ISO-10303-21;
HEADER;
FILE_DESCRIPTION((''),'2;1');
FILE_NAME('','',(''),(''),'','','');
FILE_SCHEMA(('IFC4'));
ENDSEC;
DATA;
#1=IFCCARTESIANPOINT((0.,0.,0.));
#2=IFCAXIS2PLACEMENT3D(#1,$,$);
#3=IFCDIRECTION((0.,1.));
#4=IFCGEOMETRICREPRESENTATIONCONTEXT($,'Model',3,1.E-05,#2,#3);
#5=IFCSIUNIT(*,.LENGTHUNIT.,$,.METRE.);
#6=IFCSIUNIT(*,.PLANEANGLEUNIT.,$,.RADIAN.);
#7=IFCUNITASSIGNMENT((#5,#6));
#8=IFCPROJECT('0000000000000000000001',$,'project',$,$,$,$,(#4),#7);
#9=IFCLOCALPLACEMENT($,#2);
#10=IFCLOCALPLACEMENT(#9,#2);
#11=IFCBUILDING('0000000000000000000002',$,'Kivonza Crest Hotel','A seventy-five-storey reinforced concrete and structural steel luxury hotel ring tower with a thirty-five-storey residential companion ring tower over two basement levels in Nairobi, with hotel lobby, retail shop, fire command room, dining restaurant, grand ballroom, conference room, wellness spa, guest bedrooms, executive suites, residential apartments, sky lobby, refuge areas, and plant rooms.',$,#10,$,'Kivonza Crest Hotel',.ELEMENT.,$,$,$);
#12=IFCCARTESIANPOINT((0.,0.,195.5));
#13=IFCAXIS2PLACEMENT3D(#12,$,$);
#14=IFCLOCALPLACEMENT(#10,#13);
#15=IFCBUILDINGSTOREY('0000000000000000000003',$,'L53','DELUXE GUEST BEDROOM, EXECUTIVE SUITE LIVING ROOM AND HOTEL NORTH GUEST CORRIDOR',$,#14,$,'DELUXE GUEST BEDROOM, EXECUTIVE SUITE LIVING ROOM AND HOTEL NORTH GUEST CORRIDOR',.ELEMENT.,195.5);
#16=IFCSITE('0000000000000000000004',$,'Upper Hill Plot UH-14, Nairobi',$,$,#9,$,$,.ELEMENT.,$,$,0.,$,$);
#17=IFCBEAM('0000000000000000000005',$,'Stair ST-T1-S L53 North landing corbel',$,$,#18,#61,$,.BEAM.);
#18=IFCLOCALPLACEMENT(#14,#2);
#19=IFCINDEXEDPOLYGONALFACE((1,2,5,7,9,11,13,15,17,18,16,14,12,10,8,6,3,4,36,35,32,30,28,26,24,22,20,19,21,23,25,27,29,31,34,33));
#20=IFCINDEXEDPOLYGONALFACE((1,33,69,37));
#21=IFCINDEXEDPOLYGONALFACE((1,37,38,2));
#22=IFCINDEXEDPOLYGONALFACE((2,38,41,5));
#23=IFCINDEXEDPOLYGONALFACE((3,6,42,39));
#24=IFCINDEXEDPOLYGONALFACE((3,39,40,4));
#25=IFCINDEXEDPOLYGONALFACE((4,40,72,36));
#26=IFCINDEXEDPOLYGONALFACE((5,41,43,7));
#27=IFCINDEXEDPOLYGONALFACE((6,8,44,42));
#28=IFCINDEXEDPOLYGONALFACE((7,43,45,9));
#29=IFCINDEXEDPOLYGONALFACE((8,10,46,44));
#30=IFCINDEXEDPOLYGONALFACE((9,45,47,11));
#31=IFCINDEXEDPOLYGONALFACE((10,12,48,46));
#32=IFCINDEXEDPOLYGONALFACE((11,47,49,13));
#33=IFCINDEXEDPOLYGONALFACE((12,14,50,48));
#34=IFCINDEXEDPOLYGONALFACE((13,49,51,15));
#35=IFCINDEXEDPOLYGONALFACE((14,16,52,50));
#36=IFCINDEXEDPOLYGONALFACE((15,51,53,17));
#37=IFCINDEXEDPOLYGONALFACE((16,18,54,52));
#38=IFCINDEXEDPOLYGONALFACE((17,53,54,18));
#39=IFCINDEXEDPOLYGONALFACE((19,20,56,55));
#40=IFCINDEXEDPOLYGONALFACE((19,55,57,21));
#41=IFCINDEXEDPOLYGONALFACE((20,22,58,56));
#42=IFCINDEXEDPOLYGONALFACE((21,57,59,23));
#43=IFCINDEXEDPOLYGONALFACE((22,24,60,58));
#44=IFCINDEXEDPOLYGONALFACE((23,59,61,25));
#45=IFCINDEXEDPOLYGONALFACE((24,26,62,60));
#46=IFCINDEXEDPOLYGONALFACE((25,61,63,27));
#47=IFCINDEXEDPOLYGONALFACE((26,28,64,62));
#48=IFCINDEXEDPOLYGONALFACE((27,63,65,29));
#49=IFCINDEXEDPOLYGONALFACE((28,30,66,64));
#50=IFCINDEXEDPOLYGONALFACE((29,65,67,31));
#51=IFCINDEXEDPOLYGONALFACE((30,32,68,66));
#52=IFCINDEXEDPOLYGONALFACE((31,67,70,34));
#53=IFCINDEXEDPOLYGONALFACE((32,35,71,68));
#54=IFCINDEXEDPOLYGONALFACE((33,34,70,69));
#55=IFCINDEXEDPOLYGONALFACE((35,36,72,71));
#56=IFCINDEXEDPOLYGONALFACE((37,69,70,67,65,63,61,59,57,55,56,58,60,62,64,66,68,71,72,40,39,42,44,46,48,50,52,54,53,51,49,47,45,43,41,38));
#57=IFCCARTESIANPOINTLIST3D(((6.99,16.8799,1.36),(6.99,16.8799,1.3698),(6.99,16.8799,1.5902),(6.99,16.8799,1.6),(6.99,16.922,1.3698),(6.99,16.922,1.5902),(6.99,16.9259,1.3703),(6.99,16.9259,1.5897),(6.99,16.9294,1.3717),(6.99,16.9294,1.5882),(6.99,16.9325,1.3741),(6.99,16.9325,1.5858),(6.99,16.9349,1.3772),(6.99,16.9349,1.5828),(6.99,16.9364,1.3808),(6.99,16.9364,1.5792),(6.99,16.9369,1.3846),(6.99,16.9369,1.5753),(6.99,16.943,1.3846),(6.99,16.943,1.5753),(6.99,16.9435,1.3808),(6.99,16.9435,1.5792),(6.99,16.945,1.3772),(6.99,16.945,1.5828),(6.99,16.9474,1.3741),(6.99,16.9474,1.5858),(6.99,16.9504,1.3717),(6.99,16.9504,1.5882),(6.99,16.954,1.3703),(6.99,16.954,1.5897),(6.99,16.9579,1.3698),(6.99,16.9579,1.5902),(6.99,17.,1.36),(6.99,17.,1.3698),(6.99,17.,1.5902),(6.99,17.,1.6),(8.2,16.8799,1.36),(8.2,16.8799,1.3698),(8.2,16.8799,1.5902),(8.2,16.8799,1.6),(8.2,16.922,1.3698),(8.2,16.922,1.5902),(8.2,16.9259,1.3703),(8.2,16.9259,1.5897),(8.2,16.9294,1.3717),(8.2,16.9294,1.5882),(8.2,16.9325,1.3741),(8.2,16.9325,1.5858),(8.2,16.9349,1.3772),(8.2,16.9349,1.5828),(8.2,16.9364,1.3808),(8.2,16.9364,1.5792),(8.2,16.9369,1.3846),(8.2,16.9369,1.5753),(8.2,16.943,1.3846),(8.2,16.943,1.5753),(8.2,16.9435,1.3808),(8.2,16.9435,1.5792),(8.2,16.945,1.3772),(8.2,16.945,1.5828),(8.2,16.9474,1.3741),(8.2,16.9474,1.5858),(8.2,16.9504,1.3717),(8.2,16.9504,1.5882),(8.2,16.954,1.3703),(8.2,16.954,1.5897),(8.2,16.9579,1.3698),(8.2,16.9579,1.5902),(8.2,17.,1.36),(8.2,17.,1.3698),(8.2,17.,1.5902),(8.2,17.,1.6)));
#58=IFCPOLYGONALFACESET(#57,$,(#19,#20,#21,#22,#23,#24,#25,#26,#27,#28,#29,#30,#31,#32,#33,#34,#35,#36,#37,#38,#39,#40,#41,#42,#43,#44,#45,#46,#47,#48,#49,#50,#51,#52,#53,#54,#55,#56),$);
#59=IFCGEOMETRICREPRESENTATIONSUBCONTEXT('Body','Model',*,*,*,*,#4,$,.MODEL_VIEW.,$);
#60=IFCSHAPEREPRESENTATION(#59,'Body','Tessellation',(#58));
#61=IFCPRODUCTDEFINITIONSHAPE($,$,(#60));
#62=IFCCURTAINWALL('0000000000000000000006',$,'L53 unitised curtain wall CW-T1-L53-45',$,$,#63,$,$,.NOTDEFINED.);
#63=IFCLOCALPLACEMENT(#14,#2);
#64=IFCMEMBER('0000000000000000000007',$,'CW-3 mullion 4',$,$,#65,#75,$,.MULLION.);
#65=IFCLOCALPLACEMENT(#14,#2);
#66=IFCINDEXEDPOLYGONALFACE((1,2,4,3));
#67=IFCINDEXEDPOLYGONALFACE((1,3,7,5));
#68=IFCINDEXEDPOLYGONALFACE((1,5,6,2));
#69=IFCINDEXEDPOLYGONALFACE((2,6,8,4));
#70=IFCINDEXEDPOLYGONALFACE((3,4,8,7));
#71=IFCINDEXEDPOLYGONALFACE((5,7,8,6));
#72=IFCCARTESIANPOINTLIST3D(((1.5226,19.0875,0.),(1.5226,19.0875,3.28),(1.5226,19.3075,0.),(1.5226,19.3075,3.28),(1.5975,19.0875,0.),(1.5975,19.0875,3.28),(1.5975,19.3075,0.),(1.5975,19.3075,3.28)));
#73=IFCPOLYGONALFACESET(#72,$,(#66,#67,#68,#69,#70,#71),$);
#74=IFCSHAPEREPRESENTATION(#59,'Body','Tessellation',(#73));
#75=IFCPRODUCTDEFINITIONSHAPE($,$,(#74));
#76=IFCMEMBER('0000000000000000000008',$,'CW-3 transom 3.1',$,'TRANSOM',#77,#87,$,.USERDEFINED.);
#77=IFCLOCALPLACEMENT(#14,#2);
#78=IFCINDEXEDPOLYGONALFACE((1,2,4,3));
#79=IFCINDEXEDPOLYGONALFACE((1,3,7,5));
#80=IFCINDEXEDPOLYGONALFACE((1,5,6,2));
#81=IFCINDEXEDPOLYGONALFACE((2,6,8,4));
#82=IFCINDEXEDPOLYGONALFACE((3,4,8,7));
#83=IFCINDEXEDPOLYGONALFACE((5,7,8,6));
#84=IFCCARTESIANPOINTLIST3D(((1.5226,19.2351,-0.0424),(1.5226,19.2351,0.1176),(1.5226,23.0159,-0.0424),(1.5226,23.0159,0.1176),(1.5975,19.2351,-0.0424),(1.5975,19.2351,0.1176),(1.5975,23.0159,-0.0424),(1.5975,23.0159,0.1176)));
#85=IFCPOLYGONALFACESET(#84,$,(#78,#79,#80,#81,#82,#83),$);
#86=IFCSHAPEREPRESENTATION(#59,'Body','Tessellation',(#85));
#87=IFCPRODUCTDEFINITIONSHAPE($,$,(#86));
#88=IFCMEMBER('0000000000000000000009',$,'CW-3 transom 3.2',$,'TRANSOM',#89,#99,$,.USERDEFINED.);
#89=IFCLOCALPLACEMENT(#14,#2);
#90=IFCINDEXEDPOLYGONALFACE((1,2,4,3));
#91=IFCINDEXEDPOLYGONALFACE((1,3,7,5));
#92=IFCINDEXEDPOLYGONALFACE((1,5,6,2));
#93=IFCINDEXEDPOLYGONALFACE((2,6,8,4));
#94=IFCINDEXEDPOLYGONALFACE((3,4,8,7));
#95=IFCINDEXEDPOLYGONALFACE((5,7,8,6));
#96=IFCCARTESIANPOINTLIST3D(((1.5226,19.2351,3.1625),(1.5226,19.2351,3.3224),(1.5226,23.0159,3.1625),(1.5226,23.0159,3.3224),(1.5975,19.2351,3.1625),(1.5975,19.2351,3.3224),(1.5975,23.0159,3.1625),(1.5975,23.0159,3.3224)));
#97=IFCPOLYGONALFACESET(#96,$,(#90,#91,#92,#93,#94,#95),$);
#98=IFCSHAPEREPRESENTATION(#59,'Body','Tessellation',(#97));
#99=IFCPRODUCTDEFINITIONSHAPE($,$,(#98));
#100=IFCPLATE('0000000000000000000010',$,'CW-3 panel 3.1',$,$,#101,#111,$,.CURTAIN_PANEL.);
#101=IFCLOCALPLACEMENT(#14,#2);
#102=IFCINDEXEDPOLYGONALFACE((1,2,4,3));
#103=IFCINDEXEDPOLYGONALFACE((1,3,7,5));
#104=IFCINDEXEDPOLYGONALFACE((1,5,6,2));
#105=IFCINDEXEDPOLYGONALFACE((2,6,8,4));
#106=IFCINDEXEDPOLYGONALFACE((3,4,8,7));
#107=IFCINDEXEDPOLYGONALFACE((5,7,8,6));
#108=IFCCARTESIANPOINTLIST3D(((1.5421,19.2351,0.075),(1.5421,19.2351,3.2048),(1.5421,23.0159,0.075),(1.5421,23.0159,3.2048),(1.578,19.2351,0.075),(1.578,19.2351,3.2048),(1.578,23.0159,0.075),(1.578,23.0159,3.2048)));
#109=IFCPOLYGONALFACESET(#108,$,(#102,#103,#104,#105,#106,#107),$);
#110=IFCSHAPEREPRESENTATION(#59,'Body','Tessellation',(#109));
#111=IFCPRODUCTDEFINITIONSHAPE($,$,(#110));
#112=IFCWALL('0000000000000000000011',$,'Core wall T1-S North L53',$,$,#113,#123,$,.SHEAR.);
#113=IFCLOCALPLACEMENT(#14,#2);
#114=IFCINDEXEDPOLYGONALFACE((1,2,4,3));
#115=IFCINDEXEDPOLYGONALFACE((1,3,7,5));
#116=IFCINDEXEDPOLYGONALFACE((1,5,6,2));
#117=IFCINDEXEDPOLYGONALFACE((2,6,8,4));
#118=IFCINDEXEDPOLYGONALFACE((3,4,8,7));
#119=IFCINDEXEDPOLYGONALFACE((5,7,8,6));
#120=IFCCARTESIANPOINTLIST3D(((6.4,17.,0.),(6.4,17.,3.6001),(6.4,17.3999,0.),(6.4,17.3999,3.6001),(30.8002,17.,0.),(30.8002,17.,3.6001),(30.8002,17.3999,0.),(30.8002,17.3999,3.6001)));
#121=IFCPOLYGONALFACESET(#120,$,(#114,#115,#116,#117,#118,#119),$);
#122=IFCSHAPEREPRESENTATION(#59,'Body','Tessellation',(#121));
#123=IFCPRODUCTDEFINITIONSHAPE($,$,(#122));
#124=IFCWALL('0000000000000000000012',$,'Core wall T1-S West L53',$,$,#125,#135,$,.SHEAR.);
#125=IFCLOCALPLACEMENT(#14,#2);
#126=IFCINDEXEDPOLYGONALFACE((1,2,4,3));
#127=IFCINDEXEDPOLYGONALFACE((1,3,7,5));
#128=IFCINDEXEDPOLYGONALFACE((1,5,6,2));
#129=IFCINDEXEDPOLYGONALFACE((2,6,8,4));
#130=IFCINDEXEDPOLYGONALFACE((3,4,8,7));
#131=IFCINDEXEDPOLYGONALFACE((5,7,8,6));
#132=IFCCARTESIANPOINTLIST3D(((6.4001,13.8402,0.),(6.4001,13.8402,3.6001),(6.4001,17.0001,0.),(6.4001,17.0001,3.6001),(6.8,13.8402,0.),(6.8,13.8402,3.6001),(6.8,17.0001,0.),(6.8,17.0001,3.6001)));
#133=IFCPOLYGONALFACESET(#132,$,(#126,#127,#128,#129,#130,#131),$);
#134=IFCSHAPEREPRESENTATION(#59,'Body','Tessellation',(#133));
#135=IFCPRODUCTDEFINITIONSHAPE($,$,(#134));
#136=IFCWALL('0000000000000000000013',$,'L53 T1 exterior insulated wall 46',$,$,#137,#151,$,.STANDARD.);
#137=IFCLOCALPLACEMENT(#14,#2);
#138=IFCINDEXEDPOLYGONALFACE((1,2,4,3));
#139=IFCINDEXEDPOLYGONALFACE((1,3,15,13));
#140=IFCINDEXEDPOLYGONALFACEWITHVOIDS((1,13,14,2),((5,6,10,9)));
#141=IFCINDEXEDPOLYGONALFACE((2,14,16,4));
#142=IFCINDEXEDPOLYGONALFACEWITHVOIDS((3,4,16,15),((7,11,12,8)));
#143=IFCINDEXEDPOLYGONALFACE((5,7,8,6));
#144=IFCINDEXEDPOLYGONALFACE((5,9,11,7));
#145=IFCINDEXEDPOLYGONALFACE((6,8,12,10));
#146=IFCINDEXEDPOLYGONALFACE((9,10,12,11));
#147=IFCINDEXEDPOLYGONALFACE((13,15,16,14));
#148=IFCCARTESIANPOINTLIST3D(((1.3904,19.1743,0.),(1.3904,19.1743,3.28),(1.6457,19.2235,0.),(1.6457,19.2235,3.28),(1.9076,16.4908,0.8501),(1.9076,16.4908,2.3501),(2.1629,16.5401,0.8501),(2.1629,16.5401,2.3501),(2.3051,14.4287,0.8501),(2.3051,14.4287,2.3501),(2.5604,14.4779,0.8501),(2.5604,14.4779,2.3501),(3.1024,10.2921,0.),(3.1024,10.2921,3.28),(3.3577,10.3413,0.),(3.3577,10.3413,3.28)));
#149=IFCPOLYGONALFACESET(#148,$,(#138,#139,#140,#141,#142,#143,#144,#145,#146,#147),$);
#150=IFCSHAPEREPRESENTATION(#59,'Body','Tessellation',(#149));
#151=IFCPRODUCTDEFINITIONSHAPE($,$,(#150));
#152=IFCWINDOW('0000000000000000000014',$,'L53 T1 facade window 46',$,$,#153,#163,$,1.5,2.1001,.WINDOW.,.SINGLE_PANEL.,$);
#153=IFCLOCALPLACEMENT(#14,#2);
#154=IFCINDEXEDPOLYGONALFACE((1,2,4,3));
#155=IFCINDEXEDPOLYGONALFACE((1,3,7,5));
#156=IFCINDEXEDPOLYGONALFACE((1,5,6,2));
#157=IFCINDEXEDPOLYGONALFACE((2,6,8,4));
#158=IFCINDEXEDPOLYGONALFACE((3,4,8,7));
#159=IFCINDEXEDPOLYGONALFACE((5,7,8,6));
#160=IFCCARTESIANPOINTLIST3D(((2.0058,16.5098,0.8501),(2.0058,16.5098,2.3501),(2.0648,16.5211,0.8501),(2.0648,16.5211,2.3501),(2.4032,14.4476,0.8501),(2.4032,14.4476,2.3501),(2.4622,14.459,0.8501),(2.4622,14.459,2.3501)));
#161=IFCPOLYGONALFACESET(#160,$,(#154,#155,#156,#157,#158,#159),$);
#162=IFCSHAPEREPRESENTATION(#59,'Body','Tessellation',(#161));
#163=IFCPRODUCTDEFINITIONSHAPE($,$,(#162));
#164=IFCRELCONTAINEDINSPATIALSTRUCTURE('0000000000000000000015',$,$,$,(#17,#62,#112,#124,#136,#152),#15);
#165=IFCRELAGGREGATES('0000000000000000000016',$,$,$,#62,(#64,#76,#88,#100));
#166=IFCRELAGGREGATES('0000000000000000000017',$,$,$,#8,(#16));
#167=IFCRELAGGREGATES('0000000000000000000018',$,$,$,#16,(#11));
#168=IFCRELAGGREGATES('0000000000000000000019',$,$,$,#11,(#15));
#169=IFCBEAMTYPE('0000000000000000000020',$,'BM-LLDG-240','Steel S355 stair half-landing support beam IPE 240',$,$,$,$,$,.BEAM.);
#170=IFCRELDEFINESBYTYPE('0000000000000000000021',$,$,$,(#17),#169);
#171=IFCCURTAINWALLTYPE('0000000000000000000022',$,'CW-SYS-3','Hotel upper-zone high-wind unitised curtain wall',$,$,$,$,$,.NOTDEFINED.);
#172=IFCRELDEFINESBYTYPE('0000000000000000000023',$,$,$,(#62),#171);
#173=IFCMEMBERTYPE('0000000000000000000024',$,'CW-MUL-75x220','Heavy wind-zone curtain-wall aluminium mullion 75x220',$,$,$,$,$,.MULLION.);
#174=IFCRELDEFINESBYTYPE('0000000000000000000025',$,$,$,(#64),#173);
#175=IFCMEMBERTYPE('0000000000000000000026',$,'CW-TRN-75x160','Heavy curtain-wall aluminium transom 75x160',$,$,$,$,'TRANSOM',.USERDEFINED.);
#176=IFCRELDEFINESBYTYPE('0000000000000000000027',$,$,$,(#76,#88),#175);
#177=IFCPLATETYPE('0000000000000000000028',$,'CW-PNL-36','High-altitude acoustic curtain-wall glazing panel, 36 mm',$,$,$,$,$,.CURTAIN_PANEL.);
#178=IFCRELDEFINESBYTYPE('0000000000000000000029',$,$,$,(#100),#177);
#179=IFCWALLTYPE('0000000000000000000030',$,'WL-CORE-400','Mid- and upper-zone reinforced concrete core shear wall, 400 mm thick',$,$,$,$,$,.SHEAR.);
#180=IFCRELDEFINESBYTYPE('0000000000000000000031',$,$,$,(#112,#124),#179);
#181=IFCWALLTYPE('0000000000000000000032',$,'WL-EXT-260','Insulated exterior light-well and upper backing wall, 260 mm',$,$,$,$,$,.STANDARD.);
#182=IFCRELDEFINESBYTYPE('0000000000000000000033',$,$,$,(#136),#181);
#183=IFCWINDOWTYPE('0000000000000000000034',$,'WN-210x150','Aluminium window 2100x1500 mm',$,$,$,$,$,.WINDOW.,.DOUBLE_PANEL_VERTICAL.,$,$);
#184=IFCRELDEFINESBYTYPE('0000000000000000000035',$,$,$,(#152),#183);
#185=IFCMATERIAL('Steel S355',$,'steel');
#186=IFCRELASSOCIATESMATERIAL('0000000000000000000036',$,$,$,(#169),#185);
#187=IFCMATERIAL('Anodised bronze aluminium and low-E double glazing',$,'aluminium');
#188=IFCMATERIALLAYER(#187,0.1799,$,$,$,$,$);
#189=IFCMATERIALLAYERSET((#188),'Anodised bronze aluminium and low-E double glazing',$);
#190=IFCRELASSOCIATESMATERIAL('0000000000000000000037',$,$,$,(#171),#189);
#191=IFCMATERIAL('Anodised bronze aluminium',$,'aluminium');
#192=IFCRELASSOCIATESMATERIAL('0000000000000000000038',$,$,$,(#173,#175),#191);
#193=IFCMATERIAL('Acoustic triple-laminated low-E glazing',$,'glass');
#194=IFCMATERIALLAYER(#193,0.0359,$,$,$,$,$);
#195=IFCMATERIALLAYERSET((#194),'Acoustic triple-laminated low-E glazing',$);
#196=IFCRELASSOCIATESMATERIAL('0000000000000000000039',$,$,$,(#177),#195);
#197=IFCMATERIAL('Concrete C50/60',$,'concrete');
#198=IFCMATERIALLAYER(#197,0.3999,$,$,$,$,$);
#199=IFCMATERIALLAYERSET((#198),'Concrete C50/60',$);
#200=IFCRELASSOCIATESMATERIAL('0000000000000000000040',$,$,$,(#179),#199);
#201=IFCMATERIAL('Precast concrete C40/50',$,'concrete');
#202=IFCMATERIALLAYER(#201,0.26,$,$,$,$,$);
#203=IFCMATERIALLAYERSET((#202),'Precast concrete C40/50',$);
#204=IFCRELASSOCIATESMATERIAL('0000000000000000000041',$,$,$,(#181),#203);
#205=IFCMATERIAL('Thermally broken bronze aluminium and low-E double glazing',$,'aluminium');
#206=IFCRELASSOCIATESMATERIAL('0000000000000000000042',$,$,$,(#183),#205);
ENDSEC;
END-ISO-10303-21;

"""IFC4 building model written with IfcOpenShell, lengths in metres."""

from ifc_helpers import new_model, si_unit, direction, frame, frame_2d, origin, origin_2d, place, context, subcontext, project, spatial, rectangle, i_section, extrude, material, layer, layer_set, material_profile, profile_set, type_object, element, fill, aggregate, save


model = new_model("IFC4")

# Units and contexts
model_context = context("Model", 3, precision=1e-05, world=origin(), true_north=direction((0.0, 1.0)))
body_context = subcontext(model_context, "Body", "Model", "MODEL_VIEW")
ifc_project = project(units=[si_unit("LENGTHUNIT", "METRE"), si_unit("PLANEANGLEUNIT", "RADIAN")], contexts=[model_context])

# Site, building, storey
site_placement = place(None, origin())
site = spatial("IfcSite", under=ifc_project, at=site_placement, Name="Upper Hill Plot UH-14, Nairobi", CompositionType="ELEMENT", RefElevation=0.0)
building_placement = place(site_placement, origin())
building = spatial("IfcBuilding", under=site, at=building_placement, Name="Kivonza Crest Hotel", Description="A seventy-five-storey reinforced concrete and structural steel luxury hotel ring tower with a thirty-five-storey residential companion ring tower over two basement levels in Nairobi, with hotel lobby, retail shop, fire command room, dining restaurant, grand ballroom, conference room, wellness spa, guest bedrooms, executive suites, residential apartments, sky lobby, refuge areas, and plant rooms.", LongName="Kivonza Crest Hotel", CompositionType="ELEMENT")
storey_placement = place(building_placement, frame((0.0, 0.0, 195.5)))
storey = spatial("IfcBuildingStorey", under=building, at=storey_placement, Name="L53", Description="DELUXE GUEST BEDROOM, EXECUTIVE SUITE LIVING ROOM AND HOTEL NORTH GUEST CORRIDOR", LongName="DELUXE GUEST BEDROOM, EXECUTIVE SUITE LIVING ROOM AND HOTEL NORTH GUEST CORRIDOR", CompositionType="ELEMENT", Elevation=195.5)

# Shared definitions
ifc_material_1 = material(Name="Concrete C50/60", Category="concrete")

# Beam
ifc_material_2 = material(Name="Steel S355", Category="steel")
ifc_material_profile_1 = material_profile(ifc_material_2, i_section(OverallWidth=0.1201, OverallDepth=0.24, WebThickness=0.0061, FlangeThickness=0.0098, FilletRadius=0.0149, at=origin_2d()), Name="IPE 240")
ifc_profile_set_1 = profile_set([ifc_material_profile_1], Name="Steel S355")
beam_type_1 = type_object("IfcBeamType", Name="BM-LLDG-240", Description="Steel S355 stair half-landing support beam IPE 240", PredefinedType="BEAM", material=ifc_profile_set_1)
for number, where, z_axis, x_axis, name in (
    (1, (6.99, 16.9399, 1.48), (1.0, 0.0, 0.0), (0.0, 1.0, 0.0), "Stair ST-T1-S L53 North landing corbel"),
):
    element("IfcBeam", number, at=place(storey_placement, frame(where, z_axis=z_axis, x_axis=x_axis)), inside=storey, type_object=beam_type_1, Name=name, PredefinedType="BEAM", context=body_context, shape_type="SweptSolid", body=[
        extrude(i_section(OverallWidth=0.1201, OverallDepth=0.24, WebThickness=0.0061, FlangeThickness=0.0098, FilletRadius=0.0149, at=origin_2d()), origin(), (0.0, 0.0, 1.0), 1.21),
    ])

# Curtain wall, members, plate
ifc_material_3 = material(Name="Anodised bronze aluminium and low-E double glazing", Category="aluminium")
ifc_layer_1 = layer(ifc_material_3, 0.1799)
ifc_layer_set_1 = layer_set([ifc_layer_1], Name="Anodised bronze aluminium and low-E double glazing")
curtain_wall_type = type_object("IfcCurtainWallType", Name="CW-SYS-3", Description="Hotel upper-zone high-wind unitised curtain wall", PredefinedType="NOTDEFINED", material=ifc_layer_set_1)
curtain_wall_placement = place(storey_placement, origin())
curtain_wall = element("IfcCurtainWall", 2, at=curtain_wall_placement, inside=storey, type_object=curtain_wall_type, Name="L53 unitised curtain wall CW-T1-L53-45", PredefinedType="NOTDEFINED")
ifc_material_4 = material(Name="Anodised bronze aluminium", Category="aluminium")
ifc_material_profile_2 = material_profile(ifc_material_4, rectangle(XDim=0.075, YDim=0.22, at=origin_2d()), Name="CW-M 75x220")
ifc_profile_set_2 = profile_set([ifc_material_profile_2], Name="Anodised bronze aluminium")
member_type_1 = type_object("IfcMemberType", Name="CW-MUL-75x220", Description="Heavy wind-zone curtain-wall aluminium mullion 75x220", PredefinedType="MULLION", material=ifc_profile_set_2)
member_1_placement = place(storey_placement, frame((1.5601, 19.1975, 0.0), z_axis=(0.0, 0.0, 1.0), x_axis=(1.0, 0.0, 0.0)))
member_1 = element("IfcMember", 3, at=member_1_placement, type_object=member_type_1, Name="CW-3 mullion 4", PredefinedType="MULLION", context=body_context, shape_type="SweptSolid", body=[
    extrude(rectangle(XDim=0.075, YDim=0.22, at=origin_2d()), origin(), (0.0, 0.0, 1.0), 3.28),
])
ifc_material_profile_3 = material_profile(ifc_material_4, rectangle(XDim=0.075, YDim=0.1599, at=origin_2d()), Name="CW-T 75x160")
ifc_profile_set_3 = profile_set([ifc_material_profile_3], Name="Anodised bronze aluminium")
member_type_2 = type_object("IfcMemberType", Name="CW-TRN-75x160", Description="Heavy curtain-wall aluminium transom 75x160", ElementType="TRANSOM", PredefinedType="USERDEFINED", material=ifc_profile_set_3)
member_2_placement = place(storey_placement, frame((1.5601, 23.0159, 0.0376), z_axis=(0.0, -1.0, 0.0), x_axis=(1.0, 0.0, 0.0)))
member_2 = element("IfcMember", 4, at=member_2_placement, type_object=member_type_2, Name="CW-3 transom 3.1", ObjectType="TRANSOM", PredefinedType="USERDEFINED", context=body_context, shape_type="SweptSolid", body=[
    extrude(rectangle(XDim=0.075, YDim=0.1599, at=origin_2d()), origin(), (0.0, 0.0, 1.0), 3.7808),
])
member_3_placement = place(storey_placement, frame((1.5601, 23.0159, 3.2424), z_axis=(0.0, -1.0, 0.0), x_axis=(1.0, 0.0, 0.0)))
member_3 = element("IfcMember", 5, at=member_3_placement, type_object=member_type_2, Name="CW-3 transom 3.2", ObjectType="TRANSOM", PredefinedType="USERDEFINED", context=body_context, shape_type="SweptSolid", body=[
    extrude(rectangle(XDim=0.075, YDim=0.1599, at=origin_2d()), origin(), (0.0, 0.0, 1.0), 3.7808),
])
ifc_material_5 = material(Name="Acoustic triple-laminated low-E glazing", Category="glass")
ifc_layer_2 = layer(ifc_material_5, 0.0359)
ifc_layer_set_2 = layer_set([ifc_layer_2], Name="Acoustic triple-laminated low-E glazing")
plate_type = type_object("IfcPlateType", Name="CW-PNL-36", Description="High-altitude acoustic curtain-wall glazing panel, 36 mm", PredefinedType="CURTAIN_PANEL", material=ifc_layer_set_2)
plate_placement = place(storey_placement, frame((1.5601, 21.1255, 0.075), z_axis=(0.0, 0.0, 1.0), x_axis=(0.0, -1.0, 0.0)))
plate = element("IfcPlate", 6, at=plate_placement, type_object=plate_type, Name="CW-3 panel 3.1", PredefinedType="CURTAIN_PANEL", context=body_context, shape_type="SweptSolid", body=[
    extrude(rectangle(XDim=3.7808, YDim=0.0359, at=origin_2d()), origin(), (0.0, 0.0, 1.0), 3.1299),
])
aggregate(curtain_wall, [member_1, member_2, member_3, plate])

# Shared definitions
ifc_layer_3 = layer(ifc_material_1, 0.3999)
ifc_layer_set_3 = layer_set([ifc_layer_3], Name="Concrete C50/60")
wall_type_1 = type_object("IfcWallType", Name="WL-CORE-400", Description="Mid- and upper-zone reinforced concrete core shear wall, 400 mm thick", PredefinedType="SHEAR", material=ifc_layer_set_3)

# Walls
wall_1_placement = place(storey_placement, frame((6.3999, 17.2, 0.0), z_axis=(0.0, 0.0, 1.0), x_axis=(1.0, 0.0, 0.0)))
element("IfcWall", 7, at=wall_1_placement, inside=storey, type_object=wall_type_1, Name="Core wall T1-S North L53", PredefinedType="SHEAR", context=body_context, shape_type="SweptSolid", body=[
    extrude(rectangle(XDim=24.4001, YDim=0.3999, at=frame_2d((12.2002, 0.0))), origin(), (0.0, 0.0, 1.0), 3.6001),
])
wall_2_placement = place(storey_placement, frame((6.6001, 13.8401, 0.0), z_axis=(0.0, 0.0, 1.0), x_axis=(0.0, 1.0, 0.0)))
element("IfcWall", 8, at=wall_2_placement, inside=storey, type_object=wall_type_1, Name="Core wall T1-S West L53", PredefinedType="SHEAR", context=body_context, shape_type="SweptSolid", body=[
    extrude(rectangle(XDim=3.1599, YDim=0.3999, at=frame_2d((1.5801, 0.0))), origin(), (0.0, 0.0, 1.0), 3.6001),
])

# Wall, opening, window
ifc_material_6 = material(Name="Precast concrete C40/50", Category="concrete")
ifc_layer_4 = layer(ifc_material_6, 0.26)
ifc_layer_set_4 = layer_set([ifc_layer_4], Name="Precast concrete C40/50")
wall_type_2 = type_object("IfcWallType", Name="WL-EXT-260", Description="Insulated exterior light-well and upper backing wall, 260 mm", PredefinedType="STANDARD", material=ifc_layer_set_4)
wall_3_placement = place(storey_placement, frame((1.5181, 19.199, 0.0), z_axis=(0.0, 0.0, 1.0), x_axis=(0.189255, -0.981928, 0.0)))
wall_3 = element("IfcWall", 9, at=wall_3_placement, inside=storey, type_object=wall_type_2, Name="L53 T1 exterior insulated wall 46", PredefinedType="STANDARD", context=body_context, shape_type="SweptSolid", body=[
    extrude(rectangle(XDim=9.0457, YDim=0.26, at=frame_2d((4.5229, 0.0))), origin(), (0.0, 0.0, 1.0), 3.28),
])
opening_1_placement = place(wall_3_placement, frame((2.7329, 0.0, 0.8501)))
opening_1 = element("IfcOpeningElement", 10, at=opening_1_placement, cuts=wall_3, PredefinedType="OPENING", context=body_context, shape_type="SweptSolid", body=[
    extrude(rectangle(XDim=2.1001, YDim=1.5, at=frame_2d((1.05, 0.75))), frame((0.0, 0.1401, 0.0), z_axis=(0.0, -1.0, 0.0), x_axis=(1.0, 0.0, 0.0)), (0.0, 0.0, 1.0), 0.28),
])
ifc_material_7 = material(Name="Thermally broken bronze aluminium and low-E double glazing", Category="aluminium")
window_type = type_object("IfcWindowType", Name="WN-210x150", Description="Aluminium window 2100x1500 mm", PartitioningType="DOUBLE_PANEL_VERTICAL", PredefinedType="WINDOW", material=ifc_material_7)
window_placement = place(opening_1_placement, origin())
window = element("IfcWindow", 11, at=window_placement, inside=storey, type_object=window_type, Name="L53 T1 facade window 46", OverallHeight=1.5, OverallWidth=2.1001, PartitioningType="SINGLE_PANEL", PredefinedType="WINDOW", context=body_context, shape_type="SweptSolid", body=[
    extrude(rectangle(XDim=2.1001, YDim=1.5, at=frame_2d((1.05, 0.75))), frame((0.0, 0.03, 0.0), z_axis=(0.0, -1.0, 0.0), x_axis=(1.0, 0.0, 0.0)), (0.0, 0.0, 1.0), 0.0601),
])
fill(opening_1, window)

save(model, "model.ifc")
